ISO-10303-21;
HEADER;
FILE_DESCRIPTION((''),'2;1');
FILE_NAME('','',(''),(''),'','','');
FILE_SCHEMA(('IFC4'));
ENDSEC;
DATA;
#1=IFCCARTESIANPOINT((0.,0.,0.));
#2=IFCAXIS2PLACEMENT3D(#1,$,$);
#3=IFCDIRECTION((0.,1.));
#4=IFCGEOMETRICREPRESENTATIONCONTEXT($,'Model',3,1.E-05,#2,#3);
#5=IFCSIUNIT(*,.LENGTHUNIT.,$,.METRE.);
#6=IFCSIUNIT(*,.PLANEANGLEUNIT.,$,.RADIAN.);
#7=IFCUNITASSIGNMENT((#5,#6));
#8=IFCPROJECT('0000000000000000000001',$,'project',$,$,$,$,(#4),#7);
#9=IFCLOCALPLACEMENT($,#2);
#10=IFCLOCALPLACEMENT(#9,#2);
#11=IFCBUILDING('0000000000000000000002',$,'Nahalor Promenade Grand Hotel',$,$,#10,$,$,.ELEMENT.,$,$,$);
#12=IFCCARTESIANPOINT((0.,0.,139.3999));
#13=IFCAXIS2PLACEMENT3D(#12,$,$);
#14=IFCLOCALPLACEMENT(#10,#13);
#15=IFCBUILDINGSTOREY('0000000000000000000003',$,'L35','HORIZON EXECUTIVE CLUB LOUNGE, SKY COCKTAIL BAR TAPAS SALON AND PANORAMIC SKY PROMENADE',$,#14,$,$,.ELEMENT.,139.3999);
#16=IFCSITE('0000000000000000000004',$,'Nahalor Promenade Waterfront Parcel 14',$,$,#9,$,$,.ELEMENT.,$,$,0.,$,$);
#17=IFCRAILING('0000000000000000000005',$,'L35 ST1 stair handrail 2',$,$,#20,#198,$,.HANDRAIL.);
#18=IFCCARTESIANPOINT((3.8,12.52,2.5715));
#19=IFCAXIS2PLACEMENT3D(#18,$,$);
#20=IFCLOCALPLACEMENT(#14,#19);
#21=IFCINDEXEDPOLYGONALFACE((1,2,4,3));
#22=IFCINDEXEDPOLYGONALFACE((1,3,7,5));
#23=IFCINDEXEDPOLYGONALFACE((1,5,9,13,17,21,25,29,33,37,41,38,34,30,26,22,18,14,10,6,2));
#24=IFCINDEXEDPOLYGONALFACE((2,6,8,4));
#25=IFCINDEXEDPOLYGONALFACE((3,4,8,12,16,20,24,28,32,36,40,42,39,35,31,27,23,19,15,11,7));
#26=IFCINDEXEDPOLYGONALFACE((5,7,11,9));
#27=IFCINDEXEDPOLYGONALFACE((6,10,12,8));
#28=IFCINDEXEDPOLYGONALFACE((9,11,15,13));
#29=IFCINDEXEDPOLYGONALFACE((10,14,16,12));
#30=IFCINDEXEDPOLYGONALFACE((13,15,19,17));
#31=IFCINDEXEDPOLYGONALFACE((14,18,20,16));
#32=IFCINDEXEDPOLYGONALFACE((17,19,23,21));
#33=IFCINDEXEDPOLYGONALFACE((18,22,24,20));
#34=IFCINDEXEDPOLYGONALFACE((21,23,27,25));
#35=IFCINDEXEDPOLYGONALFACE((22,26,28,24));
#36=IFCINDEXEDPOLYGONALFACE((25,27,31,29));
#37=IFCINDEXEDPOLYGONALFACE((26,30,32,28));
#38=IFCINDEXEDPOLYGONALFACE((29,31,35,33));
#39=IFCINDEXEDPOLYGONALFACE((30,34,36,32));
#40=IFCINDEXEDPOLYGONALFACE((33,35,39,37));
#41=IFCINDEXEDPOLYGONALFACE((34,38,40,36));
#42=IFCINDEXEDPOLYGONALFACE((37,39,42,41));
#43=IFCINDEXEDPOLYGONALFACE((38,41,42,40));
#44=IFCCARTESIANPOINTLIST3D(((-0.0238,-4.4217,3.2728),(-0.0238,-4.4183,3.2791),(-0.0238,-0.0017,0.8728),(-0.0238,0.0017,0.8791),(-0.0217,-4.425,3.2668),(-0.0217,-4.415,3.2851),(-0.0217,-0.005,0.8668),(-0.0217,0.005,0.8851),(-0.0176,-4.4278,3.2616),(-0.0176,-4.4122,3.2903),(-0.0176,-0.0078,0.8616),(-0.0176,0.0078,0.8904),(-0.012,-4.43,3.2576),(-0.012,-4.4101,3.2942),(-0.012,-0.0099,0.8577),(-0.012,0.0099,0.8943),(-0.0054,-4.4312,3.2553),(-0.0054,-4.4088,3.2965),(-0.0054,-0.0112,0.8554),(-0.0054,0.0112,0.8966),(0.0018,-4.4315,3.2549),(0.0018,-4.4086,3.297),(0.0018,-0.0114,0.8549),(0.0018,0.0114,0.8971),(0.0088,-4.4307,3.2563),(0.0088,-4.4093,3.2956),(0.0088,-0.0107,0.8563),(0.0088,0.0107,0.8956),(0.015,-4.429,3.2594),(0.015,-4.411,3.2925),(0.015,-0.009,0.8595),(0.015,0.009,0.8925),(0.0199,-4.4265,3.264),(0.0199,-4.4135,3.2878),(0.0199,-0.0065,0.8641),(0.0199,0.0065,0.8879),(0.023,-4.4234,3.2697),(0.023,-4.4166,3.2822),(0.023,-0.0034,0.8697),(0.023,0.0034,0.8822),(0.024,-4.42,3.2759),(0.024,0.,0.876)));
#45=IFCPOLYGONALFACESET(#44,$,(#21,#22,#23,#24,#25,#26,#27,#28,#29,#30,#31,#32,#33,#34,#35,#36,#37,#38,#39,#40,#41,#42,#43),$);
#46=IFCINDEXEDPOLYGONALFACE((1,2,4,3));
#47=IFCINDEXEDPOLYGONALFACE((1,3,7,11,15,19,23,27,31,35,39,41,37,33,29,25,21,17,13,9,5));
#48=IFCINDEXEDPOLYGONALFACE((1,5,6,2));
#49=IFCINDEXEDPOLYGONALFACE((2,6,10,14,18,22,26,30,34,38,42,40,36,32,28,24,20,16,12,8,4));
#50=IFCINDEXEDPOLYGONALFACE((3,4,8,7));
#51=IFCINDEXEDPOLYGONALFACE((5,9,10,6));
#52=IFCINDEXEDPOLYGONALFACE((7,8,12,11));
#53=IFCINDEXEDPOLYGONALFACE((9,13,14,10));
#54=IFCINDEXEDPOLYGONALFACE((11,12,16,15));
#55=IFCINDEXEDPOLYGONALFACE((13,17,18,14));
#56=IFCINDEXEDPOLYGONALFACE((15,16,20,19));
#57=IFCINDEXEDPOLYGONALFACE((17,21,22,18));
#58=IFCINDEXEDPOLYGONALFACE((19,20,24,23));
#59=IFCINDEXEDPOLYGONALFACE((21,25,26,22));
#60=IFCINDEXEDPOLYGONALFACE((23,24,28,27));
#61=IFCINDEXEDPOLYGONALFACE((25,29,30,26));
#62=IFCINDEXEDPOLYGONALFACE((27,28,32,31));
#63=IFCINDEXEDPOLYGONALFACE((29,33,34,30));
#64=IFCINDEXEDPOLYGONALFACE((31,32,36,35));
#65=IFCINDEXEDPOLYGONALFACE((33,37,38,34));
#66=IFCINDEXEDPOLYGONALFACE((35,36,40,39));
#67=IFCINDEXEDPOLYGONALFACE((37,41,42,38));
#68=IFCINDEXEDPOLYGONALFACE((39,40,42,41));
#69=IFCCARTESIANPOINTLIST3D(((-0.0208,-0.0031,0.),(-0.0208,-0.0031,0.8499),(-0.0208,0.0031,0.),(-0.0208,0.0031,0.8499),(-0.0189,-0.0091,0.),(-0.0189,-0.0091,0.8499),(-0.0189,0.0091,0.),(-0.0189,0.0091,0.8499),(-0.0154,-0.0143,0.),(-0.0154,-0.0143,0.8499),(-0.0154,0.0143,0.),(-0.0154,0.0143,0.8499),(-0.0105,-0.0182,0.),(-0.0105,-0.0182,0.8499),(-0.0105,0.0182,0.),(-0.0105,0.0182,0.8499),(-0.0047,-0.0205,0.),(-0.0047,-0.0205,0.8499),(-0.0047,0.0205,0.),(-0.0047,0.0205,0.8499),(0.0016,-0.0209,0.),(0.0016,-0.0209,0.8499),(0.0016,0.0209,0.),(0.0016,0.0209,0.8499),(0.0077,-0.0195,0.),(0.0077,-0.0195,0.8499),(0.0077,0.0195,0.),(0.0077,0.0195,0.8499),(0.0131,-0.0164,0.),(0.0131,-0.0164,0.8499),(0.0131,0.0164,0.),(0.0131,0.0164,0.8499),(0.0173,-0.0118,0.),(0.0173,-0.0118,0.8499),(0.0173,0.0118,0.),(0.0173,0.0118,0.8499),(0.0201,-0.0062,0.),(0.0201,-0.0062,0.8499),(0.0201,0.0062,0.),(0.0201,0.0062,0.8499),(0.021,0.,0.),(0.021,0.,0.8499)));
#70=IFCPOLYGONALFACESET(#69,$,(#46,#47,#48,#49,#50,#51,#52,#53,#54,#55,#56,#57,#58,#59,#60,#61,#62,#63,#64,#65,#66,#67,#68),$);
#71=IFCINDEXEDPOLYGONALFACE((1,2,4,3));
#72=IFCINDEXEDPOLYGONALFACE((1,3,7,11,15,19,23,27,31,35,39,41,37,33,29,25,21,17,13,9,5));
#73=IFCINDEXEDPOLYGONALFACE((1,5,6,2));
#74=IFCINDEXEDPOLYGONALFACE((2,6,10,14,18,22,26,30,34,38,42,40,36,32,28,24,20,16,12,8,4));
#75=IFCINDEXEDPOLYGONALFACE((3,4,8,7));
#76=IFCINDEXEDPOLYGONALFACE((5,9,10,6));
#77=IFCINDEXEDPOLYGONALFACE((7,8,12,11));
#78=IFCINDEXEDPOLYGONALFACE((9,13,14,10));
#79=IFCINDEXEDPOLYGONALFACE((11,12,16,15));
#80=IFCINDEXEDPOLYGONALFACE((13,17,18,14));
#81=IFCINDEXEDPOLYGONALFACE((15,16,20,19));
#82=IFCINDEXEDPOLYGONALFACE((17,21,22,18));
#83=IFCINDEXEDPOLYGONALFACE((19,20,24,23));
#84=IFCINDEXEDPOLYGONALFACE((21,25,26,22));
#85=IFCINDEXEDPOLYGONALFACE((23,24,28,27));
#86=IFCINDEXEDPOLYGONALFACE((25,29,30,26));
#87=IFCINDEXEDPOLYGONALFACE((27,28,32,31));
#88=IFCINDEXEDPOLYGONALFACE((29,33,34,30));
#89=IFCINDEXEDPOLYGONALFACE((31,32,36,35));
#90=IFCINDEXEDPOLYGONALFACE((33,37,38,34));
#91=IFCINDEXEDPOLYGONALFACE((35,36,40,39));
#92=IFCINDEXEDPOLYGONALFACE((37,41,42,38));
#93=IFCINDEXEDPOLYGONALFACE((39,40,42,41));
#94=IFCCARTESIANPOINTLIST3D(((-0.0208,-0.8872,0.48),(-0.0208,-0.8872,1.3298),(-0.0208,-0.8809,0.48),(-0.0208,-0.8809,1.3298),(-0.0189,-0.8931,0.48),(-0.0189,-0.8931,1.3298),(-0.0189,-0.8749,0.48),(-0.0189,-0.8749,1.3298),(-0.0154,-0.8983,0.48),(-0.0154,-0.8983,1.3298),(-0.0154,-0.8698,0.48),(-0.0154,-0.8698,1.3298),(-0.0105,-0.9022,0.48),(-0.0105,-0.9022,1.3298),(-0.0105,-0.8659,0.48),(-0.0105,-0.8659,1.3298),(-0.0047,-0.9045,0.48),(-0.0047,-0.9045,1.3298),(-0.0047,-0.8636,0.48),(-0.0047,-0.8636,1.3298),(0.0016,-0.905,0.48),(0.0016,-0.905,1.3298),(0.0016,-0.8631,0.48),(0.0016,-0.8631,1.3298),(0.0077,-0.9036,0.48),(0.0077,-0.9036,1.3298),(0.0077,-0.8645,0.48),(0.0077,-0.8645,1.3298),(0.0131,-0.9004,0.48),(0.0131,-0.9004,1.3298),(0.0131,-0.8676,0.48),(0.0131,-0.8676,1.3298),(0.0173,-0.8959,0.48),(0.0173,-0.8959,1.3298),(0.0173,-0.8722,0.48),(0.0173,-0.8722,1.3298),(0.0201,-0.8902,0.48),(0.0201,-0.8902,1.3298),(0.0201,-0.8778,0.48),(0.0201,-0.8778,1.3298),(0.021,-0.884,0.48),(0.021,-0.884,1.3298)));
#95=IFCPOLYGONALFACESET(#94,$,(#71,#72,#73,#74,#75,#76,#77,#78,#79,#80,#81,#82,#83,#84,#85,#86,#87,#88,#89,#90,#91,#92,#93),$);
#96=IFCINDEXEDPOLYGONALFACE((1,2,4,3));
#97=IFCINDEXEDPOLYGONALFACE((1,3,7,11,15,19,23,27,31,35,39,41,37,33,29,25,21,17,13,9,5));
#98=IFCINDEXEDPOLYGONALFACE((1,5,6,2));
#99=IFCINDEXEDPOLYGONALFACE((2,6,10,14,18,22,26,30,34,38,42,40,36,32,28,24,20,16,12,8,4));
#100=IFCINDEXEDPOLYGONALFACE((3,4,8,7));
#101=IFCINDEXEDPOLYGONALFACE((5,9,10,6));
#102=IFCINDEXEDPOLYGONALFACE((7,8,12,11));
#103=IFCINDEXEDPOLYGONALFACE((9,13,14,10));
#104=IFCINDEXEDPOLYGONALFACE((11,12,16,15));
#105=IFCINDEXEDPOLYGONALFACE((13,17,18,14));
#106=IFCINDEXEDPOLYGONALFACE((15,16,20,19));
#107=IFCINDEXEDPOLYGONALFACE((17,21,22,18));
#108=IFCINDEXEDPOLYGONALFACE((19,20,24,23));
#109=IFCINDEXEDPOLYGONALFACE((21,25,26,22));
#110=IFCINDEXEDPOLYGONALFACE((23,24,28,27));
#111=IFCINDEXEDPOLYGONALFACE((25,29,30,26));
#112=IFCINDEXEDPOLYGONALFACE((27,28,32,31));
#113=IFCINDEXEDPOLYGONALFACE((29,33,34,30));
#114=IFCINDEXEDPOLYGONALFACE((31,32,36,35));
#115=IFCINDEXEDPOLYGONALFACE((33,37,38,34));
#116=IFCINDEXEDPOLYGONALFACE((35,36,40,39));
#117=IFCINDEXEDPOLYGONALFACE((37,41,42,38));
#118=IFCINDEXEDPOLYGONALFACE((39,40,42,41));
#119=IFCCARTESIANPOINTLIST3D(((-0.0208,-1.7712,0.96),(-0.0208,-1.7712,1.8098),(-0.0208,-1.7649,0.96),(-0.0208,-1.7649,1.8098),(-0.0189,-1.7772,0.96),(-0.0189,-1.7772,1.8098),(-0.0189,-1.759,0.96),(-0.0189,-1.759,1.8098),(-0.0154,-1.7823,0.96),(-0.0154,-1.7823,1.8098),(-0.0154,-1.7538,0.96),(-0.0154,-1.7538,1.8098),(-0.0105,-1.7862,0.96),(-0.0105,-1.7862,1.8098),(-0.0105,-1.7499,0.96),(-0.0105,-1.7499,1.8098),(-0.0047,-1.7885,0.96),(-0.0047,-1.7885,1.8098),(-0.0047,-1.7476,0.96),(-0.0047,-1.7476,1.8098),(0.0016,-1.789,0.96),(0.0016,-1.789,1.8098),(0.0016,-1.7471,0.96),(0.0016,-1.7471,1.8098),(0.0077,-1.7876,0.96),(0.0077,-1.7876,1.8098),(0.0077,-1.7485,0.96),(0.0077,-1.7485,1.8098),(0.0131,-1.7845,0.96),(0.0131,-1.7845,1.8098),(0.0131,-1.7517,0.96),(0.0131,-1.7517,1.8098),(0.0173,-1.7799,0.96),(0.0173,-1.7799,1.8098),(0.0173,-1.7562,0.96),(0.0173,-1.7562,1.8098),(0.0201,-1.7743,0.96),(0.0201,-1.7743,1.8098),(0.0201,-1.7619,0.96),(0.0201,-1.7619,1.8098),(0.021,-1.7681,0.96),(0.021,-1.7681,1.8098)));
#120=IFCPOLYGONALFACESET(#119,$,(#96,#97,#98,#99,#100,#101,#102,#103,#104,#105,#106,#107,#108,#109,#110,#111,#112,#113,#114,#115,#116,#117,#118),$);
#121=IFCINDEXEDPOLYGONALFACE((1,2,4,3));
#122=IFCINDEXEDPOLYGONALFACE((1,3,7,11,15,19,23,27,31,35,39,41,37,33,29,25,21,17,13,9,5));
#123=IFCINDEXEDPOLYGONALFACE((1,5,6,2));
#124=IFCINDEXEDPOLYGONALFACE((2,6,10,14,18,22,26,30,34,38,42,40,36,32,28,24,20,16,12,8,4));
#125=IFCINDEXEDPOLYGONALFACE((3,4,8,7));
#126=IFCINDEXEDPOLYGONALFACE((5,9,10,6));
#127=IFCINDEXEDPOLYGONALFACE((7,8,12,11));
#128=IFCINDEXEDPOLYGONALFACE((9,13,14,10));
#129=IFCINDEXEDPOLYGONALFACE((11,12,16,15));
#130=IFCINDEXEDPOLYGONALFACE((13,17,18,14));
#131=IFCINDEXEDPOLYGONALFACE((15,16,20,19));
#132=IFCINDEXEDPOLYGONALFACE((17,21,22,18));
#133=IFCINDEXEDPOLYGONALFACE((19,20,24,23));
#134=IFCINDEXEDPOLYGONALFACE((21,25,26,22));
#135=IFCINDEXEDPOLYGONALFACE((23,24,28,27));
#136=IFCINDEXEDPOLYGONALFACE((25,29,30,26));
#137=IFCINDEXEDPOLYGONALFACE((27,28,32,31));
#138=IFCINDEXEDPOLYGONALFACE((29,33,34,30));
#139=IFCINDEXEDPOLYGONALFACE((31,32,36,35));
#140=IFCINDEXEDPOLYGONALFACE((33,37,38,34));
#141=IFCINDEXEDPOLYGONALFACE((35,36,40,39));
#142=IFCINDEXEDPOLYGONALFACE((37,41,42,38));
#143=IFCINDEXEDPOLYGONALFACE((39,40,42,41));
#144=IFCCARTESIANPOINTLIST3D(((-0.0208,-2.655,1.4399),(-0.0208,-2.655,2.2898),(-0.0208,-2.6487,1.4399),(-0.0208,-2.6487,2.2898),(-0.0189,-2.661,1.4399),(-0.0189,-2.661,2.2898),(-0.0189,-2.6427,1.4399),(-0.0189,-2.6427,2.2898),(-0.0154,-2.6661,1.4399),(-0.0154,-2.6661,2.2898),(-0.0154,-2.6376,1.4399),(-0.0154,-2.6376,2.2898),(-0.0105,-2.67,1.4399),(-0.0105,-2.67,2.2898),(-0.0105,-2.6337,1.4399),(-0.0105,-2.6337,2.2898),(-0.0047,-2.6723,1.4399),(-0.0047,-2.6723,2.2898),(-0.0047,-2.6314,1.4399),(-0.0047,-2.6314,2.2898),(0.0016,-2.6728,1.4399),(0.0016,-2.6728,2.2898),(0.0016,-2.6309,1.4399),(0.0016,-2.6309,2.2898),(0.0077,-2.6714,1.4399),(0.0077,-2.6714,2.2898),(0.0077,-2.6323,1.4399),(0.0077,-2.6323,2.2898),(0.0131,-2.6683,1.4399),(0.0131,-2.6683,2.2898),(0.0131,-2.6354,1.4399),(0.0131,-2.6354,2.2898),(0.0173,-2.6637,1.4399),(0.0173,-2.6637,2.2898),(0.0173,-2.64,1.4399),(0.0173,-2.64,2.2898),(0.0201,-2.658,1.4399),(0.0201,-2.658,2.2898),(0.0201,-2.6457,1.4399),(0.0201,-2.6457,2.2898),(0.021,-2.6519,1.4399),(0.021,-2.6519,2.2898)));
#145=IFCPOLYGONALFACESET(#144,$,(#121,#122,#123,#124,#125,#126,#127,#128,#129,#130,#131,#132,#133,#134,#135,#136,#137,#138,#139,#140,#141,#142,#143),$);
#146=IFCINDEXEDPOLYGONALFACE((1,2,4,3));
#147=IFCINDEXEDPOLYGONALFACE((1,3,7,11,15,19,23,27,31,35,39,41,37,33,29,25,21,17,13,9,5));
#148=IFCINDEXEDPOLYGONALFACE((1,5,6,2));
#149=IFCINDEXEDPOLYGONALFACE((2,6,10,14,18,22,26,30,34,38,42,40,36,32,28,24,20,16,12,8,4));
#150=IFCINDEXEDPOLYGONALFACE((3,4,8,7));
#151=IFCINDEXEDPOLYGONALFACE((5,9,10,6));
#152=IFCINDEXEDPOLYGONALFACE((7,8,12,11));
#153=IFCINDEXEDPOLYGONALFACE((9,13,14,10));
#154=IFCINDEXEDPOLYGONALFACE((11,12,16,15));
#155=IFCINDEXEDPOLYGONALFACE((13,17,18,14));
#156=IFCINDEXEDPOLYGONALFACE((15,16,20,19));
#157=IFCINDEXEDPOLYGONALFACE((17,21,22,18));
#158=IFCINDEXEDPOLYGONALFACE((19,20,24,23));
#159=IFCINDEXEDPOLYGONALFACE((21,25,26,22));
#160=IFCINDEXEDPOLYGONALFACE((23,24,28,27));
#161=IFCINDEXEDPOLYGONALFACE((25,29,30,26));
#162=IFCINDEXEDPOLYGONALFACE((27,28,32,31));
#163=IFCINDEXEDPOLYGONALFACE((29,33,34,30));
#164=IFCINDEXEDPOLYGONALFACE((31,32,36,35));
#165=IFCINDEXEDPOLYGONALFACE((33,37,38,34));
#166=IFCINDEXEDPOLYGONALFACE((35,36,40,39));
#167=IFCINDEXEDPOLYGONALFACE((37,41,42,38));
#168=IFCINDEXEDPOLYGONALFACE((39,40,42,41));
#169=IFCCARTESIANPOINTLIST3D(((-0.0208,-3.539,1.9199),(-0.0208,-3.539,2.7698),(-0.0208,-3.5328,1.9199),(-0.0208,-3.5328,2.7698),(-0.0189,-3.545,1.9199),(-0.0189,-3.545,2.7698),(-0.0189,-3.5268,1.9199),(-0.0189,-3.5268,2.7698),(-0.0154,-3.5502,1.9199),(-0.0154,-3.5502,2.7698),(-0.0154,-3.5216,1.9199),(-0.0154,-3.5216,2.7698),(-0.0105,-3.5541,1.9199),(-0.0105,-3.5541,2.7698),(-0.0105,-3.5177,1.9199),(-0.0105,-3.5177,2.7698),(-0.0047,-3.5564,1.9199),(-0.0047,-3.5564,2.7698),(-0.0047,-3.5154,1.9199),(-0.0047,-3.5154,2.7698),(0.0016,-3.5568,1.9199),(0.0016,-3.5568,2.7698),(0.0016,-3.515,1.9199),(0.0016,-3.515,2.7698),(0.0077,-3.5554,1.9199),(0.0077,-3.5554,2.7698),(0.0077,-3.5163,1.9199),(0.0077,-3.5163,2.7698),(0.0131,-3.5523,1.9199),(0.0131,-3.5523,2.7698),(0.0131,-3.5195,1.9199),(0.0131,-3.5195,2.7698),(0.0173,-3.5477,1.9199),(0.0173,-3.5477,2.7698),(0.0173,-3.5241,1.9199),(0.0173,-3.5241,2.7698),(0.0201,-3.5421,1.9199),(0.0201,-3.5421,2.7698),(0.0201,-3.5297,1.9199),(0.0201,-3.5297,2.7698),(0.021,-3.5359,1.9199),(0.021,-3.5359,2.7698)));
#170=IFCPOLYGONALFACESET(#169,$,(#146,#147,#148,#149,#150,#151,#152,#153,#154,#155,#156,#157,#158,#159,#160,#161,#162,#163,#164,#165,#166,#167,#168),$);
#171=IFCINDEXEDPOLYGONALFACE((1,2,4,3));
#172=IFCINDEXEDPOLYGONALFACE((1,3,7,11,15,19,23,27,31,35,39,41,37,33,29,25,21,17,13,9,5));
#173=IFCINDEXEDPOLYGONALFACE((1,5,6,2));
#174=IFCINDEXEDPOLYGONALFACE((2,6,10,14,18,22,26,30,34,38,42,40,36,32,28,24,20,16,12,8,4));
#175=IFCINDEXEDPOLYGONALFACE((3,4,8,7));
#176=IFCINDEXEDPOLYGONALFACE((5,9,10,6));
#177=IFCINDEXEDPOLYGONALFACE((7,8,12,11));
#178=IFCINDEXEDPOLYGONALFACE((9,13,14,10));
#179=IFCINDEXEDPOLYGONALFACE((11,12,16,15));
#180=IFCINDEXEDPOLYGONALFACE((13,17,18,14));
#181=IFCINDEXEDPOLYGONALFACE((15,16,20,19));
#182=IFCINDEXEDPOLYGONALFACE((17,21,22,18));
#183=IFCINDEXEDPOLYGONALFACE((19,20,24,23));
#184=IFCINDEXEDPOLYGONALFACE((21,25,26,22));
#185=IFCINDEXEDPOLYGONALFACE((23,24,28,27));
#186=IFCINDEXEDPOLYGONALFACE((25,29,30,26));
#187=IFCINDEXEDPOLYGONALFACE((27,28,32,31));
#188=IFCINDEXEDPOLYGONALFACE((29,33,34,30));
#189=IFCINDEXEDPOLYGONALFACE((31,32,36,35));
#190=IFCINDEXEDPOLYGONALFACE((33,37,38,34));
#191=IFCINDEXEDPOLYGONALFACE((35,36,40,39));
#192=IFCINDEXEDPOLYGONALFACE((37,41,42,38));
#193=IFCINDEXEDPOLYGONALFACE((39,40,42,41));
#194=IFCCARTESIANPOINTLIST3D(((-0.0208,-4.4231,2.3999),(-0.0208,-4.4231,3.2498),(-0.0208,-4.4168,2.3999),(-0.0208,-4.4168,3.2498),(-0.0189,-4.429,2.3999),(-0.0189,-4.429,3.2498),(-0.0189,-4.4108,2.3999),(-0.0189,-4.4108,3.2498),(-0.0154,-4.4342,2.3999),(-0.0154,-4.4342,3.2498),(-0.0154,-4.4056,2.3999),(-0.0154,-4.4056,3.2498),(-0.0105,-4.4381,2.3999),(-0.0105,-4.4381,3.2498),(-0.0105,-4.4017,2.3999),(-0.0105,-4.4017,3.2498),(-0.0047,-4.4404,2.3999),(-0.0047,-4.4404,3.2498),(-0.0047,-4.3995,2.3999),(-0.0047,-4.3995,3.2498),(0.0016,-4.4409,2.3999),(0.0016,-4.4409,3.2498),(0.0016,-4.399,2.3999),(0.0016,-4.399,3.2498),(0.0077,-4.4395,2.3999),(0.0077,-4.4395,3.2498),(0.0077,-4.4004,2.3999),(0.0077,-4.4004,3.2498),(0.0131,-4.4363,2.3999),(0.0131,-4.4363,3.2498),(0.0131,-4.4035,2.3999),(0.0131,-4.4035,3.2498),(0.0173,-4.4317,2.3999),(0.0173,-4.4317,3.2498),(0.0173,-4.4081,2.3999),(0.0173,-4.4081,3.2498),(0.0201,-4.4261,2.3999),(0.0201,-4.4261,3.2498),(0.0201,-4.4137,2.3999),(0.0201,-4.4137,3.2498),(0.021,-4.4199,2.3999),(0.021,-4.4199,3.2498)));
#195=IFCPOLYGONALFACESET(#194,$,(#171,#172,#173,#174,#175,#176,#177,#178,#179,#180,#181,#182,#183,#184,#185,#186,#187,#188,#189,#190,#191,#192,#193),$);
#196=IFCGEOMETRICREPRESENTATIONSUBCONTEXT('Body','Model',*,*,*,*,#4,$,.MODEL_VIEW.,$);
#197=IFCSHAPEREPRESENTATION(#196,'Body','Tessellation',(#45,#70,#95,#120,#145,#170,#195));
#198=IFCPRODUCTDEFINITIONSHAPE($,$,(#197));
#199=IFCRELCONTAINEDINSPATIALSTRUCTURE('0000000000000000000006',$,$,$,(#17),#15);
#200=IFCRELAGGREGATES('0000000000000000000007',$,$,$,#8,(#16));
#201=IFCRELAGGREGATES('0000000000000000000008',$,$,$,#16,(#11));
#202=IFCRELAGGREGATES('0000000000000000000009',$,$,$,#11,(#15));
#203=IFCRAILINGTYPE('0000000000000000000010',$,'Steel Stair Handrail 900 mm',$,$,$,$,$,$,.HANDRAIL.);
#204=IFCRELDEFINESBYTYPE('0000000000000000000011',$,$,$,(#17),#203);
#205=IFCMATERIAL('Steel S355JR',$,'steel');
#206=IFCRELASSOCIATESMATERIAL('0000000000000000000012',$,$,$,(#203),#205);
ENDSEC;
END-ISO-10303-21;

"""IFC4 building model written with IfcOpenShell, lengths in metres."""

from ifc_helpers import new_model, si_unit, direction, frame, origin, origin_2d, place, context, subcontext, project, spatial, circle, extrude, material, type_object, element, save


model = new_model("IFC4")

# Units and contexts
model_context = context("Model", 3, precision=1e-05, world=origin(), true_north=direction((0.0, 1.0)))
body_context = subcontext(model_context, "Body", "Model", "MODEL_VIEW")
ifc_project = project(units=[si_unit("LENGTHUNIT", "METRE"), si_unit("PLANEANGLEUNIT", "RADIAN")], contexts=[model_context])

# Site, building, storey
site_placement = place(None, origin())
site = spatial("IfcSite", under=ifc_project, at=site_placement, Name="Nahalor Promenade Waterfront Parcel 14", CompositionType="ELEMENT", RefElevation=0.0)
building_placement = place(site_placement, origin())
building = spatial("IfcBuilding", under=site, at=building_placement, Name="Nahalor Promenade Grand Hotel", CompositionType="ELEMENT")
storey_placement = place(building_placement, frame((0.0, 0.0, 139.3999)))
storey = spatial("IfcBuildingStorey", under=building, at=storey_placement, Name="L35", Description="HORIZON EXECUTIVE CLUB LOUNGE, SKY COCKTAIL BAR TAPAS SALON AND PANORAMIC SKY PROMENADE", CompositionType="ELEMENT", Elevation=139.3999)

# Shared definitions
ifc_material_1 = material(Name="Steel S355JR", Category="steel")

# Railing
railing_type_1 = type_object("IfcRailingType", Name="Steel Stair Handrail 900 mm", PredefinedType="HANDRAIL", material=ifc_material_1)
railing_1_placement = place(storey_placement, frame((3.8, 12.52, 2.5715)))
element("IfcRailing", 1, at=railing_1_placement, inside=storey, type_object=railing_type_1, Name="L35 ST1 stair handrail 2", PredefinedType="HANDRAIL", context=body_context, shape_type="SweptSolid", body=[
    extrude(circle(Radius=0.024, at=origin_2d()), frame((0.0, 0.0, 0.876), z_axis=(0.0, -0.87881, 0.477171), x_axis=(1.0, 0.0, 0.0)), (0.0, 0.0, 1.0), 5.0295),
    extrude(circle(Radius=0.021, at=origin_2d()), origin(), (0.0, 0.0, 1.0), 0.8499),
    extrude(circle(Radius=0.021, at=origin_2d()), frame((0.0, -0.884, 0.48)), (0.0, 0.0, 1.0), 0.8499),
    extrude(circle(Radius=0.021, at=origin_2d()), frame((0.0, -1.7681, 0.96)), (0.0, 0.0, 1.0), 0.8499),
    extrude(circle(Radius=0.021, at=origin_2d()), frame((0.0, -2.6519, 1.4399)), (0.0, 0.0, 1.0), 0.8499),
    extrude(circle(Radius=0.021, at=origin_2d()), frame((0.0, -3.5359, 1.9199)), (0.0, 0.0, 1.0), 0.8499),
    extrude(circle(Radius=0.021, at=origin_2d()), frame((0.0, -4.4199, 2.3999)), (0.0, 0.0, 1.0), 0.8499),
])

save(model, "model.ifc")
